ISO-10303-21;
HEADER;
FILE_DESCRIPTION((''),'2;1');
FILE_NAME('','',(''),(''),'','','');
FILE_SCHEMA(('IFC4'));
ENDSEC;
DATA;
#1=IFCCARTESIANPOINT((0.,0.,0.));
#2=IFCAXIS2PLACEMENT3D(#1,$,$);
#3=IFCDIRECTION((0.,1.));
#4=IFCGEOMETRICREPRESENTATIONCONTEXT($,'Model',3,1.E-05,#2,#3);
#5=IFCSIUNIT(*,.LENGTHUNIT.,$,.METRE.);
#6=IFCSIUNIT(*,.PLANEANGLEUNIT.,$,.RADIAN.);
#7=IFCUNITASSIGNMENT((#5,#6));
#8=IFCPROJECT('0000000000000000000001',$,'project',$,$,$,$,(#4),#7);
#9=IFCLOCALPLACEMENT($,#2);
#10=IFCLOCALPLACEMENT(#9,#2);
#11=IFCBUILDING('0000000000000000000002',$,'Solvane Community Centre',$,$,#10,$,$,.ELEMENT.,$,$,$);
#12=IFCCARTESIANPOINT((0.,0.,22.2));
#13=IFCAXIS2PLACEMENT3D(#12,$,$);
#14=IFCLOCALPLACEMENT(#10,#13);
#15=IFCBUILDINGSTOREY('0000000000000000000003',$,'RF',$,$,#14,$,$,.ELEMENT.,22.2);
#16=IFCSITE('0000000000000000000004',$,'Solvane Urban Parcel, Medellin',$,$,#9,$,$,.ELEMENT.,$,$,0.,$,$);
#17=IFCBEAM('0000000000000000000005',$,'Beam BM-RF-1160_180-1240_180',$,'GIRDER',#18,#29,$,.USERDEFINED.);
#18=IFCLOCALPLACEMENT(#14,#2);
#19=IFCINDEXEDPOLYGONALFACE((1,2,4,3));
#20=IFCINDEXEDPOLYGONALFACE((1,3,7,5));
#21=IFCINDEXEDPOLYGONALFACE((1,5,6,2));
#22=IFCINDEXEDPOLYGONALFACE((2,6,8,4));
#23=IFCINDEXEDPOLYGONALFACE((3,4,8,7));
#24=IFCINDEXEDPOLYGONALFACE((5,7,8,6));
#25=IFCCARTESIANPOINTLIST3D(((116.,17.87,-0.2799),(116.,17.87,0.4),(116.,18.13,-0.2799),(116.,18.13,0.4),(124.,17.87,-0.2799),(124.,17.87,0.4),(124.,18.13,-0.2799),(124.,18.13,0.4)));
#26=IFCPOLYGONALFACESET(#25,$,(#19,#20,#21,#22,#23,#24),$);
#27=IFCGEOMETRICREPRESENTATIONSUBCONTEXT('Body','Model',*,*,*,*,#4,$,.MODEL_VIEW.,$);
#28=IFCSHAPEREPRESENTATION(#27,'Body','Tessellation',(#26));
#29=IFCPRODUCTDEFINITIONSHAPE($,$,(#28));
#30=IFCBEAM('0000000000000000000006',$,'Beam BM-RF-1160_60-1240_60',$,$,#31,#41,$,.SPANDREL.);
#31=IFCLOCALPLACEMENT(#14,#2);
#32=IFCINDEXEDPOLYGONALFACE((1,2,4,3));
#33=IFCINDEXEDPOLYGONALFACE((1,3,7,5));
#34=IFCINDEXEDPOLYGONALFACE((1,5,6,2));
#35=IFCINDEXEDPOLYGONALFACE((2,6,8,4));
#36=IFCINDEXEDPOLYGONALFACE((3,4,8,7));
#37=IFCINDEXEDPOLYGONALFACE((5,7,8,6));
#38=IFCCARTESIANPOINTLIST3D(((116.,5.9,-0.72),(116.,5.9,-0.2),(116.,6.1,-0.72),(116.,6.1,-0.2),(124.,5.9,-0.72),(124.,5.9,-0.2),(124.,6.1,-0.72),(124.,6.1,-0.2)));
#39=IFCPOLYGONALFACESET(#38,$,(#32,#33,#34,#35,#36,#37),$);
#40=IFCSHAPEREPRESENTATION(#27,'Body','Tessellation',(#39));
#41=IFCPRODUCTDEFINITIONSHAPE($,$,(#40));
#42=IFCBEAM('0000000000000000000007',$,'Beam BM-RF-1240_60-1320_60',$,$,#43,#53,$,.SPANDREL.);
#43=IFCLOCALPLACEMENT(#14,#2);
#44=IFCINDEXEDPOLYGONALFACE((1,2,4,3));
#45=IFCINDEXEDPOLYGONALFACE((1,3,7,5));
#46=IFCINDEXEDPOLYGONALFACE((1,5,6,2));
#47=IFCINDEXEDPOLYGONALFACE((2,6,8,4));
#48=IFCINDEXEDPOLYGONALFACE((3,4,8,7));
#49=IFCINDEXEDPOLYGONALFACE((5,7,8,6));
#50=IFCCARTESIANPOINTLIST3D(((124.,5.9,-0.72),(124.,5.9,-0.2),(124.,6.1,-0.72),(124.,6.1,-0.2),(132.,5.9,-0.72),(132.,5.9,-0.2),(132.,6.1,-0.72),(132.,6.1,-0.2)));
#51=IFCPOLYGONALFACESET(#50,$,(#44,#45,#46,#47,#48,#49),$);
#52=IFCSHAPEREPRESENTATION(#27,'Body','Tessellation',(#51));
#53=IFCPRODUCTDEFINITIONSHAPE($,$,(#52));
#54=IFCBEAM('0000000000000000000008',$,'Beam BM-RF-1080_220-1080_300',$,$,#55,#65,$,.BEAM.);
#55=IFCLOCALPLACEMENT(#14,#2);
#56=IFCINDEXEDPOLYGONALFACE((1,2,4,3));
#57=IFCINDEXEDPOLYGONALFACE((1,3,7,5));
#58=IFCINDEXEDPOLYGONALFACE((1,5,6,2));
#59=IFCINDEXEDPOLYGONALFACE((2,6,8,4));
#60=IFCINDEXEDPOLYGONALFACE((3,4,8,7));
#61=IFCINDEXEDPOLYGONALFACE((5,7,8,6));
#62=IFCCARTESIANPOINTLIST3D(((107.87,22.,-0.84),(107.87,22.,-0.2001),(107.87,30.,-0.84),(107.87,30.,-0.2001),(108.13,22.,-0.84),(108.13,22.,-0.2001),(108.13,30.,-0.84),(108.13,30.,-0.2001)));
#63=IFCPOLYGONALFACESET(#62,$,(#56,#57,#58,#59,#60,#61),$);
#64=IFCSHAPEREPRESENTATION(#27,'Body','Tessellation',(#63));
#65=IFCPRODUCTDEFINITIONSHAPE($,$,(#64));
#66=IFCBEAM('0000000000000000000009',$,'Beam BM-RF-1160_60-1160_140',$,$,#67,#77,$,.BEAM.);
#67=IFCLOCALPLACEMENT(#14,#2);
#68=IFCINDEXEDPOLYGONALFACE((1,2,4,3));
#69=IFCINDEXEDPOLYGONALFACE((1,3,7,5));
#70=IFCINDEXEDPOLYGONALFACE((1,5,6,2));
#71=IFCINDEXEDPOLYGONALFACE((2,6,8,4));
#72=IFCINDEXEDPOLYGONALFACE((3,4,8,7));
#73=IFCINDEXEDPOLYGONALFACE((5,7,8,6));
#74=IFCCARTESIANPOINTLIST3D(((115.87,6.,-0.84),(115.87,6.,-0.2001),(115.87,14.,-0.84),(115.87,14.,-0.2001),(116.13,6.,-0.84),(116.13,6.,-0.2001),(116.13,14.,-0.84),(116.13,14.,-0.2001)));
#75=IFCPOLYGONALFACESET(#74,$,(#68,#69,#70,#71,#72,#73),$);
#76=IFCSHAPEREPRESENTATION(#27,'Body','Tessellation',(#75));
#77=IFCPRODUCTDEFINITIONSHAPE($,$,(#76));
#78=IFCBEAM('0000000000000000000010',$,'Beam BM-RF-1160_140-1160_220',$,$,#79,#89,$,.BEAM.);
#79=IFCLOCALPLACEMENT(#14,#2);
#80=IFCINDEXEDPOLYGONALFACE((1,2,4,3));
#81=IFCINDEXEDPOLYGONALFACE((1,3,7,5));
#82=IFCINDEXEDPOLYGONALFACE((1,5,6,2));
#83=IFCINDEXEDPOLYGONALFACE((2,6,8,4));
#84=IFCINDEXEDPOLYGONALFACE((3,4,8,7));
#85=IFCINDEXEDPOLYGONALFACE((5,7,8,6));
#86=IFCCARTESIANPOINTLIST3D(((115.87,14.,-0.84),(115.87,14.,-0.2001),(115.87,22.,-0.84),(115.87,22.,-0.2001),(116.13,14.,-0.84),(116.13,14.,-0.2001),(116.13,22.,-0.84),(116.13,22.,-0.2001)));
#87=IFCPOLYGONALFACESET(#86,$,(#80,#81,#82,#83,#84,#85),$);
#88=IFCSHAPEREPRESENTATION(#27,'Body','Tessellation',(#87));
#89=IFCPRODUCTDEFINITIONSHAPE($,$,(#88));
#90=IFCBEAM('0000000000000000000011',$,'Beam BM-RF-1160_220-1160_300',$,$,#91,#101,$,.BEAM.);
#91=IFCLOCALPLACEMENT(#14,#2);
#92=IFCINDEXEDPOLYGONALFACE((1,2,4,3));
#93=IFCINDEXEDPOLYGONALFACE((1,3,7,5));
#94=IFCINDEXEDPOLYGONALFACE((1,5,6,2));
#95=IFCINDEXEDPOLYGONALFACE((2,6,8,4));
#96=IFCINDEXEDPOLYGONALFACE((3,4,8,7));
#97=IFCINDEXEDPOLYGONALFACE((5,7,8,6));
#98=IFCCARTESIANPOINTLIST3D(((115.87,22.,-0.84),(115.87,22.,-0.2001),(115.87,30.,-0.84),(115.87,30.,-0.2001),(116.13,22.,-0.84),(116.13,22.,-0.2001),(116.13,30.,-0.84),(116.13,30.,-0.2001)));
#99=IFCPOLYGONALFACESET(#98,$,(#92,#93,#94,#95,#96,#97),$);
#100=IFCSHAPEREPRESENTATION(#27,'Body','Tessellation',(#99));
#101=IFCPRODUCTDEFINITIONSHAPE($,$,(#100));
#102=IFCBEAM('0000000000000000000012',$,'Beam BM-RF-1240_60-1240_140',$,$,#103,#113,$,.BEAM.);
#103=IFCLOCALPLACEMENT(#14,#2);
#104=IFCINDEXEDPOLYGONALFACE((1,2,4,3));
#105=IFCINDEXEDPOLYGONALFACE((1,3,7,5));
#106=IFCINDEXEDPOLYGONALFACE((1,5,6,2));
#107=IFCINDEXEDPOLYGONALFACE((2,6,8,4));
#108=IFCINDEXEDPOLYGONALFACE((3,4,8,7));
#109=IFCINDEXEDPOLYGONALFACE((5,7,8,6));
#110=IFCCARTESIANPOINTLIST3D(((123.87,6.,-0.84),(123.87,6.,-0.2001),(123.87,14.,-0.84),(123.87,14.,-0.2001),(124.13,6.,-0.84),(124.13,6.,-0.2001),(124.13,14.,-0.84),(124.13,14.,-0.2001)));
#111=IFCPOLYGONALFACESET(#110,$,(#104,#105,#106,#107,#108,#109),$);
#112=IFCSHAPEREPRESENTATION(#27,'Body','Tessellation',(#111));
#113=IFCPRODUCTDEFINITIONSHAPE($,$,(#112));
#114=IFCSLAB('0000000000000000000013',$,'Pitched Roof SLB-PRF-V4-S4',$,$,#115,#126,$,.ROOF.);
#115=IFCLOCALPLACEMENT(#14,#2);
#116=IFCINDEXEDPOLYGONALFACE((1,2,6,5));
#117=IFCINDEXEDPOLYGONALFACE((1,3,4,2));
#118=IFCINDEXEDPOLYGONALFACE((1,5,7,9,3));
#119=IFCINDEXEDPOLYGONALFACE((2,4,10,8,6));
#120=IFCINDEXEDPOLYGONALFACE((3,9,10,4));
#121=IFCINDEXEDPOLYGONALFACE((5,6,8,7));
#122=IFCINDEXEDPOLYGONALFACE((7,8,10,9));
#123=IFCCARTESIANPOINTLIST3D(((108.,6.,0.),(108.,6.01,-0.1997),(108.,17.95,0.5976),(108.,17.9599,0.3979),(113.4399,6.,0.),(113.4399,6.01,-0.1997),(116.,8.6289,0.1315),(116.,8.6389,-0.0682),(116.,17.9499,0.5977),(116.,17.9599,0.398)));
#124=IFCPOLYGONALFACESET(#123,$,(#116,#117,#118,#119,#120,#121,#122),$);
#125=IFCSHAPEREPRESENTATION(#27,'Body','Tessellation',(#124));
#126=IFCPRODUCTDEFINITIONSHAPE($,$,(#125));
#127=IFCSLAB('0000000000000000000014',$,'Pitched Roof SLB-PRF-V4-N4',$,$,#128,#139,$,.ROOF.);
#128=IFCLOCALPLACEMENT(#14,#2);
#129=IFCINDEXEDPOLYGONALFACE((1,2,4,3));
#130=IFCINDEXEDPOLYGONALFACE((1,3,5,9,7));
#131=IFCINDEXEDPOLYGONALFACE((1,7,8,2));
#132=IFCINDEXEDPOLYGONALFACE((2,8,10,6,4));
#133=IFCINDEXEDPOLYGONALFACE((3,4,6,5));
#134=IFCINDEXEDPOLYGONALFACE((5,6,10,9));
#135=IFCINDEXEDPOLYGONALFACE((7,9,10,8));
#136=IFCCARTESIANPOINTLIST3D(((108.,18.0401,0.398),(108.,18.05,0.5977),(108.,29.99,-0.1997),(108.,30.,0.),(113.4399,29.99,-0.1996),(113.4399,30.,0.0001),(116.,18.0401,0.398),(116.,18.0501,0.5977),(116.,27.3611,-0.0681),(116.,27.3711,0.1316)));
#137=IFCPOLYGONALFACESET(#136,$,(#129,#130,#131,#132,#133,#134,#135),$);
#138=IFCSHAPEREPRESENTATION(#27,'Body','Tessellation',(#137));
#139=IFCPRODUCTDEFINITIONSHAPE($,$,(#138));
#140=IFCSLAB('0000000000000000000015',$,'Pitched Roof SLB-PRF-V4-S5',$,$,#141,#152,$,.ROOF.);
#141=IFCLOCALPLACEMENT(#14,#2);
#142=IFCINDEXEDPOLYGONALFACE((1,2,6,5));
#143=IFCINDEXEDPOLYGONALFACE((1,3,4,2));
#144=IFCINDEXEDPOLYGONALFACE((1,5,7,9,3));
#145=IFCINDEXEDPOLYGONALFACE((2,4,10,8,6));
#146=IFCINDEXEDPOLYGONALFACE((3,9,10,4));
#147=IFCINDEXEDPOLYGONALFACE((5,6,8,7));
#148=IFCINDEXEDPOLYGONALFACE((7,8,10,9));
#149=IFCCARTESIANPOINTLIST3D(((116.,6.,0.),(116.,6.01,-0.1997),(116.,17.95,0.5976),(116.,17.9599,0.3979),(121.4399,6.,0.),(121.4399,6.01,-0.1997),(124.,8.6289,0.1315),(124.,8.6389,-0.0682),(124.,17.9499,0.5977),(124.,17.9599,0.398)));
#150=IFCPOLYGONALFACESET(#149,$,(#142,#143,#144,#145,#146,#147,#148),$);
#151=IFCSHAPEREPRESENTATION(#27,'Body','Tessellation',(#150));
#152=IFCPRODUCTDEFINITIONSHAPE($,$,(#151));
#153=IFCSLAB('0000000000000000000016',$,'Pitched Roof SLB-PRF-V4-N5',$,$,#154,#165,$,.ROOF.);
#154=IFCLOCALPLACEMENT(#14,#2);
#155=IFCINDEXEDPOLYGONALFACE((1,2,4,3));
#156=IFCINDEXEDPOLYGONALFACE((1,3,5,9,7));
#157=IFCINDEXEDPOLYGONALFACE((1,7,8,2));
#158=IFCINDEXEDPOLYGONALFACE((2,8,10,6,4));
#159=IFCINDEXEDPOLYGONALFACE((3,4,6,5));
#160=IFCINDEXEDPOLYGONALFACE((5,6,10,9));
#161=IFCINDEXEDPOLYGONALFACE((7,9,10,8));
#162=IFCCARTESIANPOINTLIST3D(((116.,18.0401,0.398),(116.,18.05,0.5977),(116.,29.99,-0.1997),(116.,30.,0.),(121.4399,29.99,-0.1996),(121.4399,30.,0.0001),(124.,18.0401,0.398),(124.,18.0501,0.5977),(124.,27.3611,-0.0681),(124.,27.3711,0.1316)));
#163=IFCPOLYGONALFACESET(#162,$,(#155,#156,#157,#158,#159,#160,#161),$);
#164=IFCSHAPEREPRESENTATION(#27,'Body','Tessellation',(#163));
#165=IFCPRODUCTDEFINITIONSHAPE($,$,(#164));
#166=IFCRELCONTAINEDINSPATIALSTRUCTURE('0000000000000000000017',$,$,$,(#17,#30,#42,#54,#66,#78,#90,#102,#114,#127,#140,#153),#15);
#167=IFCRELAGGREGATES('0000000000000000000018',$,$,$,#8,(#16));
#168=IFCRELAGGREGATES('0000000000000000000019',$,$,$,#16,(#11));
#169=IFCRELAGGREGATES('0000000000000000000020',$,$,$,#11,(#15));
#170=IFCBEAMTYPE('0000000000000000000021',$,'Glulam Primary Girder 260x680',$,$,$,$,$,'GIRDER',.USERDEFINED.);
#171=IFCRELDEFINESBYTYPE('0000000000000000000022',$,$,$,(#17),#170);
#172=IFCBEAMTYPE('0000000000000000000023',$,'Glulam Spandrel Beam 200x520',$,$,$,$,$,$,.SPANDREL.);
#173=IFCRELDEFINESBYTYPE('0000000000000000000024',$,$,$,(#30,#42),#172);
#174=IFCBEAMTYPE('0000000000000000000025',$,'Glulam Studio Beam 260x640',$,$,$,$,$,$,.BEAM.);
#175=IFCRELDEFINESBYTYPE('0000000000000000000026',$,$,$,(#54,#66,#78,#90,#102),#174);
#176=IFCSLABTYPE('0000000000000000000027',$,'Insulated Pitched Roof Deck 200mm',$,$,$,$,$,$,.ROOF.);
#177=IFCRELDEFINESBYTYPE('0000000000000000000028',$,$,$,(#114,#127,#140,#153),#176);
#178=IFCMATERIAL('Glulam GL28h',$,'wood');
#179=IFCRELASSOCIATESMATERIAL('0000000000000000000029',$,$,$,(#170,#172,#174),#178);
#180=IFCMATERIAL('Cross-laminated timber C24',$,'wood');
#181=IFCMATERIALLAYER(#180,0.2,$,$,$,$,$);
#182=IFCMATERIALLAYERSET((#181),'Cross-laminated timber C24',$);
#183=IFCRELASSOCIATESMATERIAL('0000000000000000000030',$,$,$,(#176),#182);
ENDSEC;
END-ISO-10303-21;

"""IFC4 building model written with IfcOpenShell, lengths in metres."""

from ifc_helpers import new_model, si_unit, direction, frame, origin, origin_2d, place, context, subcontext, project, spatial, polyline, rectangle, outline, extrude, material, layer, layer_set, material_profile, profile_set, type_object, element, save


model = new_model("IFC4")

# Units and contexts
model_context = context("Model", 3, precision=1e-05, world=origin(), true_north=direction((0.0, 1.0)))
body_context = subcontext(model_context, "Body", "Model", "MODEL_VIEW")
ifc_project = project(units=[si_unit("LENGTHUNIT", "METRE"), si_unit("PLANEANGLEUNIT", "RADIAN")], contexts=[model_context])

# Site, building, storey
site_placement = place(None, origin())
site = spatial("IfcSite", under=ifc_project, at=site_placement, Name="Solvane Urban Parcel, Medellin", CompositionType="ELEMENT", RefElevation=0.0)
building_placement = place(site_placement, origin())
building = spatial("IfcBuilding", under=site, at=building_placement, Name="Solvane Community Centre", CompositionType="ELEMENT")
storey_placement = place(building_placement, frame((0.0, 0.0, 22.2)))
storey = spatial("IfcBuildingStorey", under=building, at=storey_placement, Name="RF", CompositionType="ELEMENT", Elevation=22.2)

# Beams
ifc_material_1 = material(Name="Glulam GL28h", Category="wood")
ifc_material_profile_1 = material_profile(ifc_material_1, rectangle(XDim=0.26, YDim=0.6799, at=origin_2d()), Name="GL28h 260x680")
ifc_profile_set_1 = profile_set([ifc_material_profile_1], Name="Glulam GL28h")
beam_type_1 = type_object("IfcBeamType", Name="Glulam Primary Girder 260x680", ElementType="GIRDER", PredefinedType="USERDEFINED", material=ifc_profile_set_1)
for number, where, z_axis, x_axis, name in (
    (1, (116.0, 18.0, 0.0601), (1.0, 0.0, 0.0), (0.0, 1.0, 0.0), "Beam BM-RF-1160_180-1240_180"),
):
    element("IfcBeam", number, at=place(storey_placement, frame(where, z_axis=z_axis, x_axis=x_axis)), inside=storey, type_object=beam_type_1, Name=name, ObjectType="GIRDER", PredefinedType="USERDEFINED", context=body_context, shape_type="SweptSolid", body=[
        extrude(rectangle(XDim=0.26, YDim=0.6799, at=origin_2d()), origin(), (0.0, 0.0, 1.0), 8.0),
    ])
ifc_material_profile_2 = material_profile(ifc_material_1, rectangle(XDim=0.2, YDim=0.52, at=origin_2d()), Name="GL28h 200x520")
ifc_profile_set_2 = profile_set([ifc_material_profile_2], Name="Glulam GL28h")
beam_type_2 = type_object("IfcBeamType", Name="Glulam Spandrel Beam 200x520", PredefinedType="SPANDREL", material=ifc_profile_set_2)
for number, where, z_axis, x_axis, name in (
    (2, (116.0, 6.0, -0.46), (1.0, 0.0, 0.0), (0.0, 1.0, 0.0), "Beam BM-RF-1160_60-1240_60"),
    (3, (124.0, 6.0, -0.46), (1.0, 0.0, 0.0), (0.0, 1.0, 0.0), "Beam BM-RF-1240_60-1320_60"),
):
    element("IfcBeam", number, at=place(storey_placement, frame(where, z_axis=z_axis, x_axis=x_axis)), inside=storey, type_object=beam_type_2, Name=name, PredefinedType="SPANDREL", context=body_context, shape_type="SweptSolid", body=[
        extrude(rectangle(XDim=0.2, YDim=0.52, at=origin_2d()), origin(), (0.0, 0.0, 1.0), 8.0),
    ])
ifc_material_profile_3 = material_profile(ifc_material_1, rectangle(XDim=0.26, YDim=0.6399, at=origin_2d()), Name="GL28h 260x640")
ifc_profile_set_3 = profile_set([ifc_material_profile_3], Name="Glulam GL28h")
beam_type_3 = type_object("IfcBeamType", Name="Glulam Studio Beam 260x640", PredefinedType="BEAM", material=ifc_profile_set_3)
for number, where, z_axis, x_axis, name in (
    (4, (108.0, 22.0, -0.52), (0.0, 1.0, 0.0), (-1.0, 0.0, 0.0), "Beam BM-RF-1080_220-1080_300"),
    (5, (116.0, 6.0, -0.52), (0.0, 1.0, 0.0), (-1.0, 0.0, 0.0), "Beam BM-RF-1160_60-1160_140"),
    (6, (116.0, 14.0, -0.52), (0.0, 1.0, 0.0), (-1.0, 0.0, 0.0), "Beam BM-RF-1160_140-1160_220"),
    (7, (116.0, 22.0, -0.52), (0.0, 1.0, 0.0), (-1.0, 0.0, 0.0), "Beam BM-RF-1160_220-1160_300"),
    (8, (124.0, 6.0, -0.52), (0.0, 1.0, 0.0), (-1.0, 0.0, 0.0), "Beam BM-RF-1240_60-1240_140"),
):
    element("IfcBeam", number, at=place(storey_placement, frame(where, z_axis=z_axis, x_axis=x_axis)), inside=storey, type_object=beam_type_3, Name=name, PredefinedType="BEAM", context=body_context, shape_type="SweptSolid", body=[
        extrude(rectangle(XDim=0.26, YDim=0.6399, at=origin_2d()), origin(), (0.0, 0.0, 1.0), 8.0),
    ])

# Slabs
ifc_material_2 = material(Name="Cross-laminated timber C24", Category="wood")
ifc_layer = layer(ifc_material_2, 0.2)
ifc_layer_set = layer_set([ifc_layer], Name="Cross-laminated timber C24")
slab_type = type_object("IfcSlabType", Name="Insulated Pitched Roof Deck 200mm", PredefinedType="ROOF", material=ifc_layer_set)
slab_1_placement = place(storey_placement, frame((108.0, 6.0, 0.0), z_axis=(-0.000007, -0.049949, 0.998752), x_axis=(1.0, 0.0, 0.000007)))
element("IfcSlab", 9, at=slab_1_placement, inside=storey, type_object=slab_type, Name="Pitched Roof SLB-PRF-V4-S4", PredefinedType="ROOF", context=body_context, shape_type="SweptSolid", body=[
    extrude(outline(polyline([(0.0, 0.0), (5.4399, 0.0), (8.0, 2.6322), (8.0, 11.9649), (0.0, 11.9649), (0.0, 0.0)])), origin(), (0.0, 0.0, -1.0), 0.2),
])
slab_2_placement = place(storey_placement, frame((108.0, 18.05, 0.5977), z_axis=(-0.000007, 0.049949, 0.998752), x_axis=(1.0, 0.0, 0.000007)))
element("IfcSlab", 10, at=slab_2_placement, inside=storey, type_object=slab_type, Name="Pitched Roof SLB-PRF-V4-N4", PredefinedType="ROOF", context=body_context, shape_type="SweptSolid", body=[
    extrude(outline(polyline([(0.0, 0.0), (8.0, 0.0), (8.0, 9.3327), (5.4399, 11.9649), (0.0, 11.9649), (0.0, 0.0)])), origin(), (0.0, 0.0, -1.0), 0.2),
])
slab_3_placement = place(storey_placement, frame((116.0, 6.0, 0.0), z_axis=(-0.000007, -0.049949, 0.998752), x_axis=(1.0, 0.0, 0.000007)))
element("IfcSlab", 11, at=slab_3_placement, inside=storey, type_object=slab_type, Name="Pitched Roof SLB-PRF-V4-S5", PredefinedType="ROOF", context=body_context, shape_type="SweptSolid", body=[
    extrude(outline(polyline([(0.0, 0.0), (5.4399, 0.0), (8.0, 2.6322), (8.0, 11.9649), (0.0, 11.9649), (0.0, 0.0)])), origin(), (0.0, 0.0, -1.0), 0.2),
])
slab_4_placement = place(storey_placement, frame((116.0, 18.05, 0.5977), z_axis=(-0.000007, 0.049949, 0.998752), x_axis=(1.0, 0.0, 0.000007)))
element("IfcSlab", 12, at=slab_4_placement, inside=storey, type_object=slab_type, Name="Pitched Roof SLB-PRF-V4-N5", PredefinedType="ROOF", context=body_context, shape_type="SweptSolid", body=[
    extrude(outline(polyline([(0.0, 0.0), (8.0, 0.0), (8.0, 9.3327), (5.4399, 11.9649), (0.0, 11.9649), (0.0, 0.0)])), origin(), (0.0, 0.0, -1.0), 0.2),
])

save(model, "model.ifc")
